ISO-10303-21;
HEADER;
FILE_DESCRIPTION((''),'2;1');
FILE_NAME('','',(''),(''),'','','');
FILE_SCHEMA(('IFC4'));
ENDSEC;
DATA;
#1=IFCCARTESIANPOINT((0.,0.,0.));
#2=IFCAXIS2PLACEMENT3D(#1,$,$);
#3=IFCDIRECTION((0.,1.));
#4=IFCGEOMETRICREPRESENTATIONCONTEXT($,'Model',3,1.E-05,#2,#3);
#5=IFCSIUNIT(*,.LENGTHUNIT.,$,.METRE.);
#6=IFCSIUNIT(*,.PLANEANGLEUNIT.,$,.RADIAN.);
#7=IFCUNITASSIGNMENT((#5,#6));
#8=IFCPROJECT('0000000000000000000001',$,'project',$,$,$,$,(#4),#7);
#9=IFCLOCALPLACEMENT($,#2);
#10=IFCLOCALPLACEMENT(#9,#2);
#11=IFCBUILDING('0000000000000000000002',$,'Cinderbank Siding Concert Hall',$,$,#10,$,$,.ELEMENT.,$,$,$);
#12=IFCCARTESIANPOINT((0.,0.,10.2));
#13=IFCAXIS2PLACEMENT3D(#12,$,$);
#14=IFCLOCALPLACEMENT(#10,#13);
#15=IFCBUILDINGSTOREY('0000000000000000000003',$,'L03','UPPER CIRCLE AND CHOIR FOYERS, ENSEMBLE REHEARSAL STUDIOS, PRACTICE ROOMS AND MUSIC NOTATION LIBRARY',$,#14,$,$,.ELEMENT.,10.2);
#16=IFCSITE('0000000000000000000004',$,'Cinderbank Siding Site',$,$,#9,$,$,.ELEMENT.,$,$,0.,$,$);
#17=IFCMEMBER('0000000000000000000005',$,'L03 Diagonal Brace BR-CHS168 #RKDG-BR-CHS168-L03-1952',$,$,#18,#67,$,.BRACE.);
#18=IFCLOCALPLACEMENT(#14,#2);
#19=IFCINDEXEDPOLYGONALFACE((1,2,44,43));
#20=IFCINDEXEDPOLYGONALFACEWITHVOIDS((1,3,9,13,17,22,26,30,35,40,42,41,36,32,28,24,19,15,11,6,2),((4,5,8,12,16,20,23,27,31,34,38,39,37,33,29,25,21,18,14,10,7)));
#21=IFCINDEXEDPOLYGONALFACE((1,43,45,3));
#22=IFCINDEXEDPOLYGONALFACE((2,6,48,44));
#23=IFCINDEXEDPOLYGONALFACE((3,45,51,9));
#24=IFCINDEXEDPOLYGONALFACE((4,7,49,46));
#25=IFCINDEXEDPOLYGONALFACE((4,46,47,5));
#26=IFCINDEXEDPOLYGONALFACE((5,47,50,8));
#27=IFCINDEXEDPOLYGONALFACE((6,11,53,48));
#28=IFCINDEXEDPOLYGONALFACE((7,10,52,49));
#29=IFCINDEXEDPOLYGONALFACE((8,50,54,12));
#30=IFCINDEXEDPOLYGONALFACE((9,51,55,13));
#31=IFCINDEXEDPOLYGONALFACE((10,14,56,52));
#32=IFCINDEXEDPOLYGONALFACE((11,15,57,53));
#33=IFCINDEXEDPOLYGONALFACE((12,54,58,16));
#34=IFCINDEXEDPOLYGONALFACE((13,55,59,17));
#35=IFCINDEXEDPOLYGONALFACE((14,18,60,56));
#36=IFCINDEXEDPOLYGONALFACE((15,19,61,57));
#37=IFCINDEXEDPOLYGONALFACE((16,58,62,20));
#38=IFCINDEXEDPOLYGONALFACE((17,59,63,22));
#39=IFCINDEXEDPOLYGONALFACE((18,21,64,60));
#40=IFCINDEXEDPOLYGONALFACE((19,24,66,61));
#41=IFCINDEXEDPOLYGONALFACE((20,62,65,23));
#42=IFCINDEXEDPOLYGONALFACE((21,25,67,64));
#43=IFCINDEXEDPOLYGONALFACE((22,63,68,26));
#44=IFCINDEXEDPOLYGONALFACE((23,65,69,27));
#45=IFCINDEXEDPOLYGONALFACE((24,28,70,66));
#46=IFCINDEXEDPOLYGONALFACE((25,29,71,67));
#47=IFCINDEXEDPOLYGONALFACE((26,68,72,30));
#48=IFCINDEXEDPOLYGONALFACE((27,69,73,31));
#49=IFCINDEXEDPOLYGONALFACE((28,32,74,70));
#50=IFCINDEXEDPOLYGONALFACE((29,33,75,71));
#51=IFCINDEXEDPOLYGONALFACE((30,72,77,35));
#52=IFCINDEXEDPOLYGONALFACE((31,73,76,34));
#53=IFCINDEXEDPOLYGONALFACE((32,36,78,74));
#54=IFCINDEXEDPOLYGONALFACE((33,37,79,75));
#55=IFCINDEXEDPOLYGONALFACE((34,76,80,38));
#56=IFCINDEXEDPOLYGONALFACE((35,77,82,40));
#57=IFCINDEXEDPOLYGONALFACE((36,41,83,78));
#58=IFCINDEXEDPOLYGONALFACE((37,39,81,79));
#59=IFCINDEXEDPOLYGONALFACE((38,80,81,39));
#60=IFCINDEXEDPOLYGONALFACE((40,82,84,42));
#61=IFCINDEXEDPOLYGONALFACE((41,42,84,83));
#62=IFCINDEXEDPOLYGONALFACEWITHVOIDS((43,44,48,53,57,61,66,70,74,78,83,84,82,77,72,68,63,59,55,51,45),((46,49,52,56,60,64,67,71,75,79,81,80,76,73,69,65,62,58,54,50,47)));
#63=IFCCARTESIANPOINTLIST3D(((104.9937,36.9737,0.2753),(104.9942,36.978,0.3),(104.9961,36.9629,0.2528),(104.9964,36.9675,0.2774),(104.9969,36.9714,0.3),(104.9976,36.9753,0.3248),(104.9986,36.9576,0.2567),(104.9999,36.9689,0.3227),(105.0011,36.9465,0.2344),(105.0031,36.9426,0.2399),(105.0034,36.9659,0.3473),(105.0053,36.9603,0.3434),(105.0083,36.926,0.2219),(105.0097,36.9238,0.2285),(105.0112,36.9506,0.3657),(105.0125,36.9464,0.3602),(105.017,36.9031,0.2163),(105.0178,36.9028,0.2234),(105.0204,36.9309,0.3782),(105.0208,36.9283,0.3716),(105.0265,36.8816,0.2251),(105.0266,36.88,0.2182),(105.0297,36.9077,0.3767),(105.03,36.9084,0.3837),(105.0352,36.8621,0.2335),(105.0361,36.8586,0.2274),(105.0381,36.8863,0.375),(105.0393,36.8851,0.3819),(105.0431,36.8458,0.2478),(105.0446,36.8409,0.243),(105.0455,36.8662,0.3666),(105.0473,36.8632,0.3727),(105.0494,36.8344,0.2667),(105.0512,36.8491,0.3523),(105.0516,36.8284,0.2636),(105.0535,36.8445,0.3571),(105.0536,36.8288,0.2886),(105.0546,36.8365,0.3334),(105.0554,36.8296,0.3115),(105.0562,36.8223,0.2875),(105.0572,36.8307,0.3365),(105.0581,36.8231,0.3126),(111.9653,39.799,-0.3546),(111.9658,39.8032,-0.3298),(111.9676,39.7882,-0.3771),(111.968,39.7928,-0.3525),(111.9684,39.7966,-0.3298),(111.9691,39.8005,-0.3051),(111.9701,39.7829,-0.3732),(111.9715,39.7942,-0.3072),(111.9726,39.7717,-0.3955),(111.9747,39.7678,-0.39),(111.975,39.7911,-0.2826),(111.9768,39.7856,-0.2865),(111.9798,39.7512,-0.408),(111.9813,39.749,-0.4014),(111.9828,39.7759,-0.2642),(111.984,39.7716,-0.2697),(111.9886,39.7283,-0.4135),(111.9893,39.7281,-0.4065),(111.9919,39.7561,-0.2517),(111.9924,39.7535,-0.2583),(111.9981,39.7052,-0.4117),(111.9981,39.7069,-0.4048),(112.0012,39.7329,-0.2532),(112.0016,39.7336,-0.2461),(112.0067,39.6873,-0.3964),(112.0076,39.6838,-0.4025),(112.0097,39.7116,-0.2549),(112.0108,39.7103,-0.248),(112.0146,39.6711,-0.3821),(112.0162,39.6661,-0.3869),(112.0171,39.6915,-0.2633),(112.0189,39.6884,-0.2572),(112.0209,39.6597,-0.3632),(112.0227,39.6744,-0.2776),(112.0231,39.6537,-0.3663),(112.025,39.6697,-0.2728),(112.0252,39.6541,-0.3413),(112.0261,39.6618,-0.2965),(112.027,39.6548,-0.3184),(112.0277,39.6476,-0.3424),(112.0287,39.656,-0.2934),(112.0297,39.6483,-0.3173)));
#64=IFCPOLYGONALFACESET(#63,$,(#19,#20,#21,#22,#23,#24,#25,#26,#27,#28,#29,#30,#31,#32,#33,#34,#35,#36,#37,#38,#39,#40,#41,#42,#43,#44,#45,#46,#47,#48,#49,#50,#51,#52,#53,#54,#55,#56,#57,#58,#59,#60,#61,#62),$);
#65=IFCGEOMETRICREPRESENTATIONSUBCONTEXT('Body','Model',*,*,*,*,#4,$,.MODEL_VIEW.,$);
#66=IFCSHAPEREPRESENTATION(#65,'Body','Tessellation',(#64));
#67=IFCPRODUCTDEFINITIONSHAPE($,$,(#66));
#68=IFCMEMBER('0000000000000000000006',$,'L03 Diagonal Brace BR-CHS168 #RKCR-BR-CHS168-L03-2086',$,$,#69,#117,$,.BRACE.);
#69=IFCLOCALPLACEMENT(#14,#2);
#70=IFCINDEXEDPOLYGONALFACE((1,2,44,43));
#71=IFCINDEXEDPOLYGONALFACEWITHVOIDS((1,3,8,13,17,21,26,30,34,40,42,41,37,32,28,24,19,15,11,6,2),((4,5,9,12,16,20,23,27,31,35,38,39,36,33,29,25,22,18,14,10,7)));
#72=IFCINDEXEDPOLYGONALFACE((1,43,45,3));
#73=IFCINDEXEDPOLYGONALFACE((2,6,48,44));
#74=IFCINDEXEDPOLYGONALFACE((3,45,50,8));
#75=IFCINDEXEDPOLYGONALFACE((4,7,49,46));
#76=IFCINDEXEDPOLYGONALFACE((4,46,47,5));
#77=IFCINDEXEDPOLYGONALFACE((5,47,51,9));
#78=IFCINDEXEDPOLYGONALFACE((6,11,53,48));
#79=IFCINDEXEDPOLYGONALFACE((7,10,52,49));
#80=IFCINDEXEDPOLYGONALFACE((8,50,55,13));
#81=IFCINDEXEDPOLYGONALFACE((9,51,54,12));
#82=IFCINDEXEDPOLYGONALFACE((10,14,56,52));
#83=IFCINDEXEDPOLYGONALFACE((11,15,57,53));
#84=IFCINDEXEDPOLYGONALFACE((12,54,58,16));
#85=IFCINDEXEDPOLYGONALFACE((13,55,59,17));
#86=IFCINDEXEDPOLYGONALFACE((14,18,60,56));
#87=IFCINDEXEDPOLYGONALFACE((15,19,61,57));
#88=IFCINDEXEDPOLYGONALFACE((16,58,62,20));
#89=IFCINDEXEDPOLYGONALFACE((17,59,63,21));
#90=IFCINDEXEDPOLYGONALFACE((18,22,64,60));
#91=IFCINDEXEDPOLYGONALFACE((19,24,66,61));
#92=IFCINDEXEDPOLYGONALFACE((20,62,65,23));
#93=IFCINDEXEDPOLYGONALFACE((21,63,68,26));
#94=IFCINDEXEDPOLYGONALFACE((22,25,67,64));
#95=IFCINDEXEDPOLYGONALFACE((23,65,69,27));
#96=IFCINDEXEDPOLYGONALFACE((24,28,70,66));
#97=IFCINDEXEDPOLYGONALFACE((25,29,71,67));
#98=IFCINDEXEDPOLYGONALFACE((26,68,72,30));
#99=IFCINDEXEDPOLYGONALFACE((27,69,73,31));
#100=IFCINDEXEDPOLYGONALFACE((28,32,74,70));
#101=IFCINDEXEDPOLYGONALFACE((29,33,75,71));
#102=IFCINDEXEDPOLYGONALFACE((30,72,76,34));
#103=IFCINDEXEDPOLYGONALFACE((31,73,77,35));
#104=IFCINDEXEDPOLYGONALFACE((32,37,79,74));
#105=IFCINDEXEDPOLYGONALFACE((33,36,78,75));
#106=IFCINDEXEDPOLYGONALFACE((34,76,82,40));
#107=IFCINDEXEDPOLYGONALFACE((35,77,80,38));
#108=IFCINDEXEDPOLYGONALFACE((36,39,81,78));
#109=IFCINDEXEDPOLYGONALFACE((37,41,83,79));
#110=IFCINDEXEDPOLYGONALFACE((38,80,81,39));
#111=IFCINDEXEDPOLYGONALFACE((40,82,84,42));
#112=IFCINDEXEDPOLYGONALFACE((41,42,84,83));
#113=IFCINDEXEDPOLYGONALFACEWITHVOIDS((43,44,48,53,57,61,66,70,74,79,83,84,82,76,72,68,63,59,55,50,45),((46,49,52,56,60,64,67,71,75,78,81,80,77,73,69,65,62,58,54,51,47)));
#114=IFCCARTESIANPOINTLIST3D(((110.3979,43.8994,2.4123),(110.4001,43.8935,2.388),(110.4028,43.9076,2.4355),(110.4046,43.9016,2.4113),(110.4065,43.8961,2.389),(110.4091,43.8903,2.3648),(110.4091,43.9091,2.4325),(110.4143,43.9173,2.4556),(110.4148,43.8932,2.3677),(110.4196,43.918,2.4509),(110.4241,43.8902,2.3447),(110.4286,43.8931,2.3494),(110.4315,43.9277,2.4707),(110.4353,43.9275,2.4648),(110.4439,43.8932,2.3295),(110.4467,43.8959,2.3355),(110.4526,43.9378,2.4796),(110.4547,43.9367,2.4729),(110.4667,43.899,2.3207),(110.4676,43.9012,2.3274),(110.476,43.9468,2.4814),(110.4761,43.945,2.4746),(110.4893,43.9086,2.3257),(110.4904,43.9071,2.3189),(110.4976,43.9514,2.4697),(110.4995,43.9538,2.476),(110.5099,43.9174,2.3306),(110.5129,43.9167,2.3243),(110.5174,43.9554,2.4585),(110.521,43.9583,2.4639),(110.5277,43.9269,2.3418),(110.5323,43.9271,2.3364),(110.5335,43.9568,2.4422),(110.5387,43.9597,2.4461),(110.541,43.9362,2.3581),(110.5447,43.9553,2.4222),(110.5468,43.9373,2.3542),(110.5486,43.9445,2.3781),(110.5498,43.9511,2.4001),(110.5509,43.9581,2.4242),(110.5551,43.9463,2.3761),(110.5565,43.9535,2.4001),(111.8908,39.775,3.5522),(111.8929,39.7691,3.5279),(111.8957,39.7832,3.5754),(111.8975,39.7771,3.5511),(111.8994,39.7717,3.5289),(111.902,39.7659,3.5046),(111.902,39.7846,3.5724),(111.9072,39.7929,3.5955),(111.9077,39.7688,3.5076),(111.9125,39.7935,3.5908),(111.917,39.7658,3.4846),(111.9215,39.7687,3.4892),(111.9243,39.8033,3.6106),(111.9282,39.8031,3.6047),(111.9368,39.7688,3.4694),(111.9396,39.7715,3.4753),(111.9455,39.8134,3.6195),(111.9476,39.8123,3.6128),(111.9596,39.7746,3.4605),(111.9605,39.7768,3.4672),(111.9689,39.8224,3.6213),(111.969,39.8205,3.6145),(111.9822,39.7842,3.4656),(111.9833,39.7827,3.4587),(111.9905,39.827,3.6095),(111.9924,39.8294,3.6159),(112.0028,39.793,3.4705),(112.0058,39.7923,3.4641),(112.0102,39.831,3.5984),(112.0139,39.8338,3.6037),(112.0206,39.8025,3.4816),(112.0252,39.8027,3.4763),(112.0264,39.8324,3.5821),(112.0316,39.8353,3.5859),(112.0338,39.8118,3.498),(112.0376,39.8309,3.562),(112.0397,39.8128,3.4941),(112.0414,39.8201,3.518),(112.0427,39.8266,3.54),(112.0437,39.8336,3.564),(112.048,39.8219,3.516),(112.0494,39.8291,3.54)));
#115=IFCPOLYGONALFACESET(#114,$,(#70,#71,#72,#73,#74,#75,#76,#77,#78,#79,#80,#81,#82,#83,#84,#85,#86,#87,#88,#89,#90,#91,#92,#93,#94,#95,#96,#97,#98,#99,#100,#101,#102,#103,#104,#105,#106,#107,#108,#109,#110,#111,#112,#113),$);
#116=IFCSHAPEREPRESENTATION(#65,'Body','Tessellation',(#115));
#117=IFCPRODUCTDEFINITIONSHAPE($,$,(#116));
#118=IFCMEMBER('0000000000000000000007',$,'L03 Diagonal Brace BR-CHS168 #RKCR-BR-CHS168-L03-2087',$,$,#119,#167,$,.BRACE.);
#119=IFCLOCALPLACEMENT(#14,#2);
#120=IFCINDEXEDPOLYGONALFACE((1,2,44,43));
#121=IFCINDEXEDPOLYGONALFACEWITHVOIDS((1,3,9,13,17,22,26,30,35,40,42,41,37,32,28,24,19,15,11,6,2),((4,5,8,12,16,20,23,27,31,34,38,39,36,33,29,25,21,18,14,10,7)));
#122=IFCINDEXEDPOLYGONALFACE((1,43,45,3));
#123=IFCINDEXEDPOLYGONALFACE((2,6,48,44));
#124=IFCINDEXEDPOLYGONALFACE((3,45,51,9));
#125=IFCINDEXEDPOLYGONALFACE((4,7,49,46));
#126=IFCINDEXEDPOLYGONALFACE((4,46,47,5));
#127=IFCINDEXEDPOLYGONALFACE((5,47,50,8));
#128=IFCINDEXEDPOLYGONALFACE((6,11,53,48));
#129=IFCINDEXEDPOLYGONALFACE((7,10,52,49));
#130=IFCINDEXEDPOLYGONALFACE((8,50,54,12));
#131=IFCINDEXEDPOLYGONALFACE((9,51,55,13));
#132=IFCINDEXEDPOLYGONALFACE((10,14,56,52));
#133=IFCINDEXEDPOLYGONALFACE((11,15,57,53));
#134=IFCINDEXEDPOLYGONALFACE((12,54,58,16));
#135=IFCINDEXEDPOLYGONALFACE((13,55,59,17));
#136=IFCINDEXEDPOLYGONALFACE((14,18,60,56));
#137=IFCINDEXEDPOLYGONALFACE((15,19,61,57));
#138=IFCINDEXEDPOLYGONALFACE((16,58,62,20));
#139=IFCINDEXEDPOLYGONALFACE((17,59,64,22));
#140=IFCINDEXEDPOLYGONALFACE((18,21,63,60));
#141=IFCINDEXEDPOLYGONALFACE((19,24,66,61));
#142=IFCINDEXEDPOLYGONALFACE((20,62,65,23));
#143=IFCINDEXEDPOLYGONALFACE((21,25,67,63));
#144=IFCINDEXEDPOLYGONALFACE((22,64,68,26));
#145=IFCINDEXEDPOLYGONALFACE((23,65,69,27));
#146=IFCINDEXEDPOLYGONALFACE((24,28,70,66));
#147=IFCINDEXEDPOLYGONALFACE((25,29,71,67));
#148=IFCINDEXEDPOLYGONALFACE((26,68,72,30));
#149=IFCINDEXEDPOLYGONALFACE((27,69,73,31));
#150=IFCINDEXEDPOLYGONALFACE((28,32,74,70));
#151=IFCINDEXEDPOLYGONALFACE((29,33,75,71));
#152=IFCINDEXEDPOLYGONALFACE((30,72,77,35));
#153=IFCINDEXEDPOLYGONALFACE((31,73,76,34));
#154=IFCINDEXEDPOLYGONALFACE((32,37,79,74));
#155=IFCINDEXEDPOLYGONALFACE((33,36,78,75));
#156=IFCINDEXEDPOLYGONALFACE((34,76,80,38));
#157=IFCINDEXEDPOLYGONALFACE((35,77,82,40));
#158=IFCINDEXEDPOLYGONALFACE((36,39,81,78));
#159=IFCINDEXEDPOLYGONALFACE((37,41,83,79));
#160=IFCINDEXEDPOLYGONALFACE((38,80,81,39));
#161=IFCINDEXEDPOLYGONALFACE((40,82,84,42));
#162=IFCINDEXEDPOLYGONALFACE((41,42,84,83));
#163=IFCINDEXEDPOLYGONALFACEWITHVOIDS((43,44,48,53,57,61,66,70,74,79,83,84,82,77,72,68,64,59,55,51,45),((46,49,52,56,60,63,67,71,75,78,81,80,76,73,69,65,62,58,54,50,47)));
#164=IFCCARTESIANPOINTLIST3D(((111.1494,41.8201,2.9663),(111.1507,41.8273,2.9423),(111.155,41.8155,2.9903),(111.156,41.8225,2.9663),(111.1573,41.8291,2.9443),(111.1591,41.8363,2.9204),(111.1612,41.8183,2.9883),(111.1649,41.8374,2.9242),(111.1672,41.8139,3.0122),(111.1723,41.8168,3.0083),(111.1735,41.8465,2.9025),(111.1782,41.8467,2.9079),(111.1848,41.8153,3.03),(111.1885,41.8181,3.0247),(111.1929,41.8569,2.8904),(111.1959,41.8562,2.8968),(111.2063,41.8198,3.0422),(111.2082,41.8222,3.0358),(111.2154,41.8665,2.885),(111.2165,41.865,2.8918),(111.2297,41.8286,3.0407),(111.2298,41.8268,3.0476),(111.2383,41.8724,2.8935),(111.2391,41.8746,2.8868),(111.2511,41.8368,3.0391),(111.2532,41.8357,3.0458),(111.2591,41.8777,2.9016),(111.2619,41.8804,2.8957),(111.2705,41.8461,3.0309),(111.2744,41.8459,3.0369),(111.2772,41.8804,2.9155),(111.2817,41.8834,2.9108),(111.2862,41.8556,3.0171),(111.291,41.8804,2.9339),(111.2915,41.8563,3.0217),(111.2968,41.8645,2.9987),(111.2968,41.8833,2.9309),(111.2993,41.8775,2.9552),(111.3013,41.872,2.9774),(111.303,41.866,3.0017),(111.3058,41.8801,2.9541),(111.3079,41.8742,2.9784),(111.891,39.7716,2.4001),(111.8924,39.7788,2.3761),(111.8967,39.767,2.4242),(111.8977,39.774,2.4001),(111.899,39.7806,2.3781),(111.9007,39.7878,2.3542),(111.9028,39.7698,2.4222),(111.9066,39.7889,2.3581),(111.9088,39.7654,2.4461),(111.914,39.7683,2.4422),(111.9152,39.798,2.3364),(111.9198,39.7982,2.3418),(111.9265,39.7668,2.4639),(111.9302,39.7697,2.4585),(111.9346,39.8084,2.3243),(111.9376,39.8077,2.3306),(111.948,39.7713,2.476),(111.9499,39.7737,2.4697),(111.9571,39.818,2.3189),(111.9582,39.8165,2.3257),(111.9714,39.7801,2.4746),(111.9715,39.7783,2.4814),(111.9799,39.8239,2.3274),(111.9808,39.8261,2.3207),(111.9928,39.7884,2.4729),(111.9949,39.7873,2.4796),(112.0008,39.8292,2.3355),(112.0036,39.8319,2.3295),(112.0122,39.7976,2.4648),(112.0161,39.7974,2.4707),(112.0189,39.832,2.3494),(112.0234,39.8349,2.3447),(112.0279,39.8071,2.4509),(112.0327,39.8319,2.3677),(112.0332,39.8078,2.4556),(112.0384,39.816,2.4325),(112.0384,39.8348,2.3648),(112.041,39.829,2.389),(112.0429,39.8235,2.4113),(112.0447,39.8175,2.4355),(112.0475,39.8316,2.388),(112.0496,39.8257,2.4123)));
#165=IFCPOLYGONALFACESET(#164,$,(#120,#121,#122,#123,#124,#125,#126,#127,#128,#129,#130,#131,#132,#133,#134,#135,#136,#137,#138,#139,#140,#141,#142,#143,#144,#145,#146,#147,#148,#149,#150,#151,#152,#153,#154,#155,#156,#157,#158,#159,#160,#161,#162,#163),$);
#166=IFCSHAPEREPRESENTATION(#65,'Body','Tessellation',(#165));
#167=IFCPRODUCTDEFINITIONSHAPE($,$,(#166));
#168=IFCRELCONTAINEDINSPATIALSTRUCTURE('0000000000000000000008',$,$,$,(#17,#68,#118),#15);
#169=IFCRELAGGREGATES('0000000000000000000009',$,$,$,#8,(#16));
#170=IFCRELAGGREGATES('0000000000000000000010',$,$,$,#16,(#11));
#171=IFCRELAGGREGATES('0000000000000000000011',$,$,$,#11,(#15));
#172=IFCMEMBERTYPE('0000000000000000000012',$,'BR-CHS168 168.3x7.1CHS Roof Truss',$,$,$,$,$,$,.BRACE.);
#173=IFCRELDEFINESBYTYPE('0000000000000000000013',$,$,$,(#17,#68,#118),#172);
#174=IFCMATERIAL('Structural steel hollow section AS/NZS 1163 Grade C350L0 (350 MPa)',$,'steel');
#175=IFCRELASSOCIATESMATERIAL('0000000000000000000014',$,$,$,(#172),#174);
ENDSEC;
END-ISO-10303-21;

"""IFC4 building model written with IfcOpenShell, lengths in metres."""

from ifc_helpers import new_model, si_unit, direction, frame, origin, origin_2d, place, context, subcontext, project, spatial, hollow_circle, extrude, material, material_profile, profile_set, type_object, element, save


model = new_model("IFC4")

# Units and contexts
model_context = context("Model", 3, precision=1e-05, world=origin(), true_north=direction((0.0, 1.0)))
body_context = subcontext(model_context, "Body", "Model", "MODEL_VIEW")
ifc_project = project(units=[si_unit("LENGTHUNIT", "METRE"), si_unit("PLANEANGLEUNIT", "RADIAN")], contexts=[model_context])

# Site, building, storey
site_placement = place(None, origin())
site = spatial("IfcSite", under=ifc_project, at=site_placement, Name="Cinderbank Siding Site", CompositionType="ELEMENT", RefElevation=0.0)
building_placement = place(site_placement, origin())
building = spatial("IfcBuilding", under=site, at=building_placement, Name="Cinderbank Siding Concert Hall", CompositionType="ELEMENT")
storey_placement = place(building_placement, frame((0.0, 0.0, 10.2)))
storey = spatial("IfcBuildingStorey", under=building, at=storey_placement, Name="L03", Description="UPPER CIRCLE AND CHOIR FOYERS, ENSEMBLE REHEARSAL STUDIOS, PRACTICE ROOMS AND MUSIC NOTATION LIBRARY", CompositionType="ELEMENT", Elevation=10.2)

# Shared definitions
ifc_material_1 = material(Name="Structural steel hollow section AS/NZS 1163 Grade C350L0 (350 MPa)", Category="steel")

# Members
ifc_material_profile_1 = material_profile(ifc_material_1, hollow_circle(Radius=0.0842, WallThickness=0.0071, at=origin_2d()), Name="168.3x7.1CHS", Category="LoadBearing")
ifc_profile_set_1 = profile_set([ifc_material_profile_1], Name="Structural steel hollow section AS/NZS 1163 Grade C350L0 (350 MPa)")
member_type_1 = type_object("IfcMemberType", Name="BR-CHS168 168.3x7.1CHS Roof Truss", PredefinedType="BRACE", material=ifc_profile_set_1)
member_1_placement = place(storey_placement, frame((105.0259, 36.8999, 0.3), z_axis=(0.923556, 0.374274, -0.083445), x_axis=(-0.375584, 0.926788, 0.0)))
element("IfcMember", 1, at=member_1_placement, inside=storey, type_object=member_type_1, Name="L03 Diagonal Brace BR-CHS168 #RKDG-BR-CHS168-L03-1952", PredefinedType="BRACE", context=body_context, shape_type="SweptSolid", body=[
    extrude(hollow_circle(Radius=0.0842, WallThickness=0.0071, at=origin_2d()), origin(), (0.0, 0.0, 1.0), 7.5486),
])
member_2_placement = place(storey_placement, frame((110.4773, 43.9248, 2.4001), z_axis=(0.329412, -0.91007, 0.251516), x_axis=(0.940298, 0.340353, 0.0)))
element("IfcMember", 2, at=member_2_placement, inside=storey, type_object=member_type_1, Name="L03 Diagonal Brace BR-CHS168 #RKCR-BR-CHS168-L03-2086", PredefinedType="BRACE", context=body_context, shape_type="SweptSolid", body=[
    extrude(hollow_circle(Radius=0.0842, WallThickness=0.0071, at=origin_2d()), origin(), (0.0, 0.0, 1.0), 4.532),
])
for number, where, z_axis, x_axis, name in (
    (3, (111.9702, 39.8003, 2.4001), (-0.329486, 0.910046, 0.251507), (-0.94027, -0.340429, 0.0), "L03 Diagonal Brace BR-CHS168 #RKCR-BR-CHS168-L03-2087"),
):
    element("IfcMember", number, at=place(storey_placement, frame(where, z_axis=z_axis, x_axis=x_axis)), inside=storey, type_object=member_type_1, Name=name, PredefinedType="BRACE", context=body_context, shape_type="SweptSolid", body=[
        extrude(hollow_circle(Radius=0.0842, WallThickness=0.0071, at=origin_2d()), origin(), (0.0, 0.0, 1.0), 2.251),
    ])

save(model, "model.ifc")
